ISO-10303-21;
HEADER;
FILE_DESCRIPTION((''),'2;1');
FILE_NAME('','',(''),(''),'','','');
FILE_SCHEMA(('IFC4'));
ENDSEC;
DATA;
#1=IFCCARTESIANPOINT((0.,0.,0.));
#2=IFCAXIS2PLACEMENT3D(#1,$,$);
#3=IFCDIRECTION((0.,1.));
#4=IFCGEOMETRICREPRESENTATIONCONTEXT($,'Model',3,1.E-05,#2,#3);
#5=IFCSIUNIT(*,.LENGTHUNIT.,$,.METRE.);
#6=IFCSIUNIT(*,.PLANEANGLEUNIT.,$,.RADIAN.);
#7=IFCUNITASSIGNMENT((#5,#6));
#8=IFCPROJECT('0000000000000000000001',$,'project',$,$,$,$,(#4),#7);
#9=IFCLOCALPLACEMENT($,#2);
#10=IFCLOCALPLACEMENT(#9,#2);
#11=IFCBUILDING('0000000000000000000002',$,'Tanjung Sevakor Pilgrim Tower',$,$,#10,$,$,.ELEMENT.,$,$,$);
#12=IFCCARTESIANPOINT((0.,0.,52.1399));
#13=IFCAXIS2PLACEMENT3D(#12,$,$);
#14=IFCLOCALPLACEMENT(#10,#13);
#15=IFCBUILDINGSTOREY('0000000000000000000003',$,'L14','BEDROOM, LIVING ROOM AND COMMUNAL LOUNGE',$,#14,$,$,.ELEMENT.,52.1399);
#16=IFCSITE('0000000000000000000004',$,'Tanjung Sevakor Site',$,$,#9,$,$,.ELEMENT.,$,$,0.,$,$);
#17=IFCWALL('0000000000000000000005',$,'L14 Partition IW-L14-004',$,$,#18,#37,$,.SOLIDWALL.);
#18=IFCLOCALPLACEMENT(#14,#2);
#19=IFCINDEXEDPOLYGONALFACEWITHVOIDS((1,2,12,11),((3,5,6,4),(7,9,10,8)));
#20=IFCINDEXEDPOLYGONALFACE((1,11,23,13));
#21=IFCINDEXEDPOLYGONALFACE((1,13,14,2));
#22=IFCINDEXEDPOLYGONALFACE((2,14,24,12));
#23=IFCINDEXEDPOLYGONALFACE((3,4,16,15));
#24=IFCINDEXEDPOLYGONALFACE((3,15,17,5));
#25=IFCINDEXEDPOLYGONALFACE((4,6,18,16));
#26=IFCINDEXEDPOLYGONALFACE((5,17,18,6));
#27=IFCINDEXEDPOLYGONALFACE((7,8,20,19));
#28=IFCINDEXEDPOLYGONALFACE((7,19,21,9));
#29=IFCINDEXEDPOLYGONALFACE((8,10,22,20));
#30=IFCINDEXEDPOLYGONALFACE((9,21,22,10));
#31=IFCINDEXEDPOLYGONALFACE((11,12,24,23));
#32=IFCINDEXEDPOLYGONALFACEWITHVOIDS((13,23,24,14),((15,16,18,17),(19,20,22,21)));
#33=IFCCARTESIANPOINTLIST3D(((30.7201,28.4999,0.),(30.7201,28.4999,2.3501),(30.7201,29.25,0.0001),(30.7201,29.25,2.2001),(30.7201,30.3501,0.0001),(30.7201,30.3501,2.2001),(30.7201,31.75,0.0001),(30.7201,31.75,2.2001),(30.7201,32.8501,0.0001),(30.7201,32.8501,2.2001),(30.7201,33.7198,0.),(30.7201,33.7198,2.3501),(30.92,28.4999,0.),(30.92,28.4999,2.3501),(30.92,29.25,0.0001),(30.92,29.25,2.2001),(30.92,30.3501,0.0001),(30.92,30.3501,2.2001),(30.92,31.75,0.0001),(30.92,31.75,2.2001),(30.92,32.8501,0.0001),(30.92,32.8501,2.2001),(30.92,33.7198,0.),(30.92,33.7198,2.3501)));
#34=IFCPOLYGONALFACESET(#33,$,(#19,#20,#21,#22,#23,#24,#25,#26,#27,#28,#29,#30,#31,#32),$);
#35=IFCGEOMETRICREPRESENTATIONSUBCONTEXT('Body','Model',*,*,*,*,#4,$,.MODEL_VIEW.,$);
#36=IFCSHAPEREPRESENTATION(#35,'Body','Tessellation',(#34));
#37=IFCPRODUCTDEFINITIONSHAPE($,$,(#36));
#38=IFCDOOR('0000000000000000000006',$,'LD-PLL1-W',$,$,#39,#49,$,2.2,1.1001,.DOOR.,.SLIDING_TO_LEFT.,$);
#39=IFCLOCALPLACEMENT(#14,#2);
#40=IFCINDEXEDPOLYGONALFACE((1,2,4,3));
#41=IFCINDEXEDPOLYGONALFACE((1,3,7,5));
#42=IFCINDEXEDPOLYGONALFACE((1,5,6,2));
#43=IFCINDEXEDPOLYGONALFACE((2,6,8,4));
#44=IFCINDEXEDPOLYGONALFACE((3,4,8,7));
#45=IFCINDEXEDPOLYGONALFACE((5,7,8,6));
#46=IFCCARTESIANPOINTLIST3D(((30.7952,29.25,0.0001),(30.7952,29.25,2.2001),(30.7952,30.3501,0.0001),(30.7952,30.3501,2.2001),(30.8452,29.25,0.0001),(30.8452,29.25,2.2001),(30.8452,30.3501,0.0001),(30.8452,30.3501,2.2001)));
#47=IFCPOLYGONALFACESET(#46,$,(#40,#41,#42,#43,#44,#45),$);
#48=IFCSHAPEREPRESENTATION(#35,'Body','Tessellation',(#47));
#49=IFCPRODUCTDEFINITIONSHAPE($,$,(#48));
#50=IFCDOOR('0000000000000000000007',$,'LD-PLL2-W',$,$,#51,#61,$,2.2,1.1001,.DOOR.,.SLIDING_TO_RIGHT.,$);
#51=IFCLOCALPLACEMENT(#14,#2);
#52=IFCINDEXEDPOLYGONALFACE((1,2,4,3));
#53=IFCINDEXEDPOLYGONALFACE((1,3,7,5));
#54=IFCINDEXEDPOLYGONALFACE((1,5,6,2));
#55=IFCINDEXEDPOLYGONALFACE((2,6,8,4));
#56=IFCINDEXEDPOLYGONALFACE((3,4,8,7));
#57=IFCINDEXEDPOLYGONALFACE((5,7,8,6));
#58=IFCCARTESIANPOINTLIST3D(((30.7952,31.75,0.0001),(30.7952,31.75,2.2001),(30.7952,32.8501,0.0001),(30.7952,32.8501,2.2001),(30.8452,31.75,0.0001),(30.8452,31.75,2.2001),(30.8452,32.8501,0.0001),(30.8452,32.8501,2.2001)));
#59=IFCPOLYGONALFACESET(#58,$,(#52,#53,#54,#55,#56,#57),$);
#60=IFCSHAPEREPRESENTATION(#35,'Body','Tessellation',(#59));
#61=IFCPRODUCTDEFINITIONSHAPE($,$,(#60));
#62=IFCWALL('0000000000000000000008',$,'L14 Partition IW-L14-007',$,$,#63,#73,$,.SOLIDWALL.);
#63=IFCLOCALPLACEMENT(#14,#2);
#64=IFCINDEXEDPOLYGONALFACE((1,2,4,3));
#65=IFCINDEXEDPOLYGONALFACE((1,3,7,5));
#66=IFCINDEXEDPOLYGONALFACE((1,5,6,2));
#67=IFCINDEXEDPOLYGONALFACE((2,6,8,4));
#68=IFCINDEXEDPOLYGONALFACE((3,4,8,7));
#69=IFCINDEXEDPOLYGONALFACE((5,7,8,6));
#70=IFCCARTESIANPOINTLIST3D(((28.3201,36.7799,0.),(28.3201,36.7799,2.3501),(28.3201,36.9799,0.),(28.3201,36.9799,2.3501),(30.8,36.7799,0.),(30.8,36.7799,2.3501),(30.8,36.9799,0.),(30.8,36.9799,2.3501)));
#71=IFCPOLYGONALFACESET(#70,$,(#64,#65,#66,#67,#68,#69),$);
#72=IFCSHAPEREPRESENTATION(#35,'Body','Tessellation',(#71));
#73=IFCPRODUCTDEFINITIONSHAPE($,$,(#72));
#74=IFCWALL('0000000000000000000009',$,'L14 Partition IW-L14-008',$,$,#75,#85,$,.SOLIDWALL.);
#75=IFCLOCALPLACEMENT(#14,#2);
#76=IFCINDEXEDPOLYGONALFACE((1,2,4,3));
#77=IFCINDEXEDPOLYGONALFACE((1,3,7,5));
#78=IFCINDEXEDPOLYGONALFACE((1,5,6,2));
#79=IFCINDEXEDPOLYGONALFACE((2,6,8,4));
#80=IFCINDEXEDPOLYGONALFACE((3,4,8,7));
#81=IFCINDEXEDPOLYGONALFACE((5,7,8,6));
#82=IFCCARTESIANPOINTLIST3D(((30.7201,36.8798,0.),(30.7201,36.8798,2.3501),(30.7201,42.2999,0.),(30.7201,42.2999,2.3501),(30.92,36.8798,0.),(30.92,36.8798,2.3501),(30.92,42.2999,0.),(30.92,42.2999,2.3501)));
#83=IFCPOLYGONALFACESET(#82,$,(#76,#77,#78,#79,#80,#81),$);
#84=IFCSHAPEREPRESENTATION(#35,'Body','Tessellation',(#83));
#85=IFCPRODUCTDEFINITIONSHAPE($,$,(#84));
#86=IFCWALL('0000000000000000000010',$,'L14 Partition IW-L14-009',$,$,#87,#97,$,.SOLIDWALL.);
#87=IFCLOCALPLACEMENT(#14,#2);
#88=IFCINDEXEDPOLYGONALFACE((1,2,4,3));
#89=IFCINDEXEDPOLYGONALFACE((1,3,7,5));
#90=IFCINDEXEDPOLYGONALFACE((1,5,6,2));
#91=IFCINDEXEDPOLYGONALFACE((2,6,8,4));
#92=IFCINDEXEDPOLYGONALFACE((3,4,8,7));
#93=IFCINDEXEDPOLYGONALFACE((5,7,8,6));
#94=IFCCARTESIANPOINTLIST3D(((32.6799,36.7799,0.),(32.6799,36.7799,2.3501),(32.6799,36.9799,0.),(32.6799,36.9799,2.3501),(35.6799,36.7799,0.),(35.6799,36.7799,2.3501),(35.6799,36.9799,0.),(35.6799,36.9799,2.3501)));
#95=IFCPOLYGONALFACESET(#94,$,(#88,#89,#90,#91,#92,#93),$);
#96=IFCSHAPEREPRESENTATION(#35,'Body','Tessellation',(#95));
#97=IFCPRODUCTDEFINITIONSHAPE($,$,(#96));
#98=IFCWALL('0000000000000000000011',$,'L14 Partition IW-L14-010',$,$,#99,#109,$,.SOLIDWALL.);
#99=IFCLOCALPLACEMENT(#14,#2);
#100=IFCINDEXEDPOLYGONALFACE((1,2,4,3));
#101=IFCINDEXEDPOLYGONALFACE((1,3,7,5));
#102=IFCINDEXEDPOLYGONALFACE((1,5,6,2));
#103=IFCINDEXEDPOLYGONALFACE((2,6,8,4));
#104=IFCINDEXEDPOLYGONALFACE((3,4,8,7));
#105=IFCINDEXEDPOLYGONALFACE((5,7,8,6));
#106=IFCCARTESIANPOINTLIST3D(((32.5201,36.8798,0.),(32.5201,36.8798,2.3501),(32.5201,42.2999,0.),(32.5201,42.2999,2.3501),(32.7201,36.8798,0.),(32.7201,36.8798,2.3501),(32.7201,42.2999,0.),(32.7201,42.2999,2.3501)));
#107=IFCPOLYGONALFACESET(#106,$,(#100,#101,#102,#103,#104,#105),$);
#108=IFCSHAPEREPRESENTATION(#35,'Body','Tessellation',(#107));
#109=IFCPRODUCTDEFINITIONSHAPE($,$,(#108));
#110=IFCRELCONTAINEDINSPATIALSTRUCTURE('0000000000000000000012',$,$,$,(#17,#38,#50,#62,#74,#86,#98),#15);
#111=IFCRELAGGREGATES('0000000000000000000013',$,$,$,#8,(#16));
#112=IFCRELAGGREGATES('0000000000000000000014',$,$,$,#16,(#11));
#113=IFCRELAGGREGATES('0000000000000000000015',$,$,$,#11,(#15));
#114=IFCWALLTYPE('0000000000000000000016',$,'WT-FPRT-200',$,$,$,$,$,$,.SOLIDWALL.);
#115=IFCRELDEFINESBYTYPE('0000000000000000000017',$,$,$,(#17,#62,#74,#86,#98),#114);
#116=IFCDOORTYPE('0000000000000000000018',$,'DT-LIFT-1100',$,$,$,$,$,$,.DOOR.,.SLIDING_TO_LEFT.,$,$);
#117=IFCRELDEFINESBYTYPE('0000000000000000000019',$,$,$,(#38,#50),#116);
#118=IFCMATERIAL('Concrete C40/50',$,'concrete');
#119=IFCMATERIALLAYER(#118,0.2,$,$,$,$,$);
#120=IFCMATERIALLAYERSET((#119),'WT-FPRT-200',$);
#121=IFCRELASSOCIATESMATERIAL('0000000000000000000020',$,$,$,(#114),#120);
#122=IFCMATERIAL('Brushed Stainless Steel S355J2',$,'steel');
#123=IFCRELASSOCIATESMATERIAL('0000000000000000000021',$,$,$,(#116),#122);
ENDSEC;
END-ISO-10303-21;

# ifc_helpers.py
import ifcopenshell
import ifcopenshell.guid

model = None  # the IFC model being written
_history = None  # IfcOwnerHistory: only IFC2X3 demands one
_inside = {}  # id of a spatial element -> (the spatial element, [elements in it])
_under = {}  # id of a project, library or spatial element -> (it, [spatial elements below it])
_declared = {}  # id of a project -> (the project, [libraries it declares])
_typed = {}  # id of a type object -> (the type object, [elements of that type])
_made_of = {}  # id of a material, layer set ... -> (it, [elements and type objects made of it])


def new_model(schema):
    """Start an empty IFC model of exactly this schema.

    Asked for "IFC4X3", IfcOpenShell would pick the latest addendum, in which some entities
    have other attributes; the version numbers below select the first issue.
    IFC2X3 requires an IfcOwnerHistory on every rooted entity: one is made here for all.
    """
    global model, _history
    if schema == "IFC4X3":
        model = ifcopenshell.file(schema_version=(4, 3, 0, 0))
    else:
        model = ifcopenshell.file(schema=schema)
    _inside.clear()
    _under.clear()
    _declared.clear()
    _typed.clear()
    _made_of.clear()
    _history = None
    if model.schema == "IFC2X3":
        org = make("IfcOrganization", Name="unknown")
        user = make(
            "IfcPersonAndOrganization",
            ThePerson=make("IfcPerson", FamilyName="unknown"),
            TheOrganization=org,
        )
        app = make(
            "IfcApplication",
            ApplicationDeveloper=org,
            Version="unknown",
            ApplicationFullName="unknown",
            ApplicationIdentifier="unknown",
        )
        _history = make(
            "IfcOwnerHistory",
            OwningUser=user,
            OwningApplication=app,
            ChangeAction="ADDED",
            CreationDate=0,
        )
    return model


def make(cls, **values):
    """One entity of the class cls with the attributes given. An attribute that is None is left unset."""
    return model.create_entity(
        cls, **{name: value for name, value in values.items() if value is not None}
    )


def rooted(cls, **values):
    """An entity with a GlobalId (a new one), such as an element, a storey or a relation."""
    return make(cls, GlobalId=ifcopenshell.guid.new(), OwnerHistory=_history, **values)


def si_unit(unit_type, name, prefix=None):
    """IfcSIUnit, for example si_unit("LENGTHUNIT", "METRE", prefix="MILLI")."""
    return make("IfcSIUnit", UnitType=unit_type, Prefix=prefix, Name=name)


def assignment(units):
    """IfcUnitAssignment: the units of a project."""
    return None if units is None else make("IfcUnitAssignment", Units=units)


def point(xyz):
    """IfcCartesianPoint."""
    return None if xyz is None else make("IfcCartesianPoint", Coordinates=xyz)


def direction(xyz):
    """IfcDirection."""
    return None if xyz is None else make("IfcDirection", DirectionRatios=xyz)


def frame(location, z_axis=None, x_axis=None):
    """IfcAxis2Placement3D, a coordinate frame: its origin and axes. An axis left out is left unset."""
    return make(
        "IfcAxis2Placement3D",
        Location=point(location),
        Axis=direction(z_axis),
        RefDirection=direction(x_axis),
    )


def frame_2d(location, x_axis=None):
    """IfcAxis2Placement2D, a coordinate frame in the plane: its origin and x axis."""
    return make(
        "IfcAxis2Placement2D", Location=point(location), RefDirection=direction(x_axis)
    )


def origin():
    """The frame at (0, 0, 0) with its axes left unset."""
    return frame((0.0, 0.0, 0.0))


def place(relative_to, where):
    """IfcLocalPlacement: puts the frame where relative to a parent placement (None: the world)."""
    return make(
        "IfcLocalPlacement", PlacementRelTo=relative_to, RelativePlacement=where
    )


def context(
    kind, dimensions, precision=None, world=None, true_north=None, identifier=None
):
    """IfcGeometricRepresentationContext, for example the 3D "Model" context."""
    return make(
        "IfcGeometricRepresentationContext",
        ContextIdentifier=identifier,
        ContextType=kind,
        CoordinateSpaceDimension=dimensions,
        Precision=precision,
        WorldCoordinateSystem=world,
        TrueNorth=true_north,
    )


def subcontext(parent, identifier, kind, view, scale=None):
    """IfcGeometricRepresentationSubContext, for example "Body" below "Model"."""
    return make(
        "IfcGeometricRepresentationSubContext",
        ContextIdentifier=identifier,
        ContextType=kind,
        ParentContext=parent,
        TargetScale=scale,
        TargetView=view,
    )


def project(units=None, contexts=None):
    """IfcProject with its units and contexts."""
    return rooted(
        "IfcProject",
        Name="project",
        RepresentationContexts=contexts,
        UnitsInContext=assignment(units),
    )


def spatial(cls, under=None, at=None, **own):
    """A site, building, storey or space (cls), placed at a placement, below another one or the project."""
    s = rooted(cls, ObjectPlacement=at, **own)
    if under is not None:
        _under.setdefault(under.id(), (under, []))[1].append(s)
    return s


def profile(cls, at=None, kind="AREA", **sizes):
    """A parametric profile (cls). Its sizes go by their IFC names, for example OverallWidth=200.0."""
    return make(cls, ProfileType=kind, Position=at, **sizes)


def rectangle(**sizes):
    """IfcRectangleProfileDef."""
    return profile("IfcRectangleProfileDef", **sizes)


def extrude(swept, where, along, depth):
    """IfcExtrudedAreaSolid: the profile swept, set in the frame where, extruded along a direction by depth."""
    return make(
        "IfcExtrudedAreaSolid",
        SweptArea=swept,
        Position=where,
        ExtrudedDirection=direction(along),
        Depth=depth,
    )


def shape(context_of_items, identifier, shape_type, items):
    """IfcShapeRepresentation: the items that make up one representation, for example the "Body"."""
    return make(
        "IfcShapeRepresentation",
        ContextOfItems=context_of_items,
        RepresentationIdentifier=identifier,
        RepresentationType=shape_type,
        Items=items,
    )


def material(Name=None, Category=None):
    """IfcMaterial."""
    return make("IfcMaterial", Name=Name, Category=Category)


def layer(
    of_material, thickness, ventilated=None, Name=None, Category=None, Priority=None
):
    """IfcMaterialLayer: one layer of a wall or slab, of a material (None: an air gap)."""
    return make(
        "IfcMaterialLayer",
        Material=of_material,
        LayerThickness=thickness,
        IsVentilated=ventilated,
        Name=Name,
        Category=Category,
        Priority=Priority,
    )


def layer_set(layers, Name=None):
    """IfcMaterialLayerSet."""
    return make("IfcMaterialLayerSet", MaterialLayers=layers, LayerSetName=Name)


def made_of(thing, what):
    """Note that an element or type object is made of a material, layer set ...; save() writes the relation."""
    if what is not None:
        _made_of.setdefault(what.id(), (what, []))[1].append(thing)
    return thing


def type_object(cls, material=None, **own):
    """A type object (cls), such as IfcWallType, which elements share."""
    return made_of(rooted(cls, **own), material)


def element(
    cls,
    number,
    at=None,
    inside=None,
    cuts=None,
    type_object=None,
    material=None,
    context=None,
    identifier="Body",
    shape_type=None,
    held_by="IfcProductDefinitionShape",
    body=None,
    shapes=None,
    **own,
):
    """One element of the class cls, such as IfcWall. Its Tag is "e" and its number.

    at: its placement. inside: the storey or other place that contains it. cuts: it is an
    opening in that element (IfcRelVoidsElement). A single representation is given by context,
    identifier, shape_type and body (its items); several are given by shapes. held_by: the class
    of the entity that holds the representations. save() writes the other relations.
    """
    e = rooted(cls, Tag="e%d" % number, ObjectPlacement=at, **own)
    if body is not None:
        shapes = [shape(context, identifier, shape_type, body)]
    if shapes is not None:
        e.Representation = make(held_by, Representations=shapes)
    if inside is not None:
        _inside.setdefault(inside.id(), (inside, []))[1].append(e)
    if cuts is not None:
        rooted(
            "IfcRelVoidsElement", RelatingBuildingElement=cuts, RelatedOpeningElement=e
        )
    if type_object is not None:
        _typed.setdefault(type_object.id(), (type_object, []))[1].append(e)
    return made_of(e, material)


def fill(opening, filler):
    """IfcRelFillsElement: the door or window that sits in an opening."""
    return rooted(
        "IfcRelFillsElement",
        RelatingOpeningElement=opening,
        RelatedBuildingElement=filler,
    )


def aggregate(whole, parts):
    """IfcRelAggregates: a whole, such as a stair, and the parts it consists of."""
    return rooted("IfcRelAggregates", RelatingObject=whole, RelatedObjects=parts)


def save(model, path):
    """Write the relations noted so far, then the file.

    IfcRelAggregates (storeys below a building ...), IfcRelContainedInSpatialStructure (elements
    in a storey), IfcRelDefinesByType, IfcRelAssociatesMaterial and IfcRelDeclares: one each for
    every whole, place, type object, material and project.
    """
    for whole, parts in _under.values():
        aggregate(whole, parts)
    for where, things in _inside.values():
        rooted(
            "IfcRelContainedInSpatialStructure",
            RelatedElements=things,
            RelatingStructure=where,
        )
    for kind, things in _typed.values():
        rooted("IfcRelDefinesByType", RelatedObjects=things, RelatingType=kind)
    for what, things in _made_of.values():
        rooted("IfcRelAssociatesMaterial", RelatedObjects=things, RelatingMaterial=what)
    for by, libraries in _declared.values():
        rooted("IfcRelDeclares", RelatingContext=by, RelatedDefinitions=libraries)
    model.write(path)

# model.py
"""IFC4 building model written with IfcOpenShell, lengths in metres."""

from ifc_helpers import new_model, si_unit, direction, frame, frame_2d, origin, place, context, subcontext, project, spatial, rectangle, extrude, material, layer, layer_set, type_object, element, fill, save


model = new_model("IFC4")

# Units and contexts
model_context = context("Model", 3, precision=1e-05, world=origin(), true_north=direction((0.0, 1.0)))
body_context = subcontext(model_context, "Body", "Model", "MODEL_VIEW")
ifc_project = project(units=[si_unit("LENGTHUNIT", "METRE"), si_unit("PLANEANGLEUNIT", "RADIAN")], contexts=[model_context])

# Site, building, storey
site_placement = place(None, origin())
site = spatial("IfcSite", under=ifc_project, at=site_placement, Name="Tanjung Sevakor Site", CompositionType="ELEMENT", RefElevation=0.0)
building_placement = place(site_placement, origin())
building = spatial("IfcBuilding", under=site, at=building_placement, Name="Tanjung Sevakor Pilgrim Tower", CompositionType="ELEMENT")
storey_placement = place(building_placement, frame((0.0, 0.0, 52.1399)))
storey = spatial("IfcBuildingStorey", under=building, at=storey_placement, Name="L14", Description="BEDROOM, LIVING ROOM AND COMMUNAL LOUNGE", CompositionType="ELEMENT", Elevation=52.1399)

# Shared definitions
ifc_material_1 = material(Name="Concrete C40/50", Category="concrete")
ifc_layer_1 = layer(ifc_material_1, 0.2)
ifc_layer_set_1 = layer_set([ifc_layer_1], Name="WT-FPRT-200")
wall_type_1 = type_object("IfcWallType", Name="WT-FPRT-200", PredefinedType="SOLIDWALL", material=ifc_layer_set_1)

# Wall, openings, doors
wall_1_placement = place(storey_placement, frame((30.8201, 28.5, 0.0), z_axis=(0.0, 0.0, 1.0), x_axis=(0.0, 1.0, 0.0)))
wall_1 = element("IfcWall", 1, at=wall_1_placement, inside=storey, type_object=wall_type_1, Name="L14 Partition IW-L14-004", PredefinedType="SOLIDWALL", context=body_context, shape_type="SweptSolid", body=[
    extrude(rectangle(XDim=5.22, YDim=0.2, at=frame_2d((2.6099, 0.0))), origin(), (0.0, 0.0, 1.0), 2.3501),
])
opening_1_placement = place(wall_1_placement, frame((0.75, 0.0, 0.0)))
opening_1 = element("IfcOpeningElement", 2, at=opening_1_placement, cuts=wall_1, PredefinedType="OPENING", context=body_context, shape_type="SweptSolid", body=[
    extrude(rectangle(XDim=1.1001, YDim=2.2, at=frame_2d((0.55, 1.1001))), frame((0.0, 0.1099, 0.0), z_axis=(0.0, -1.0, 0.0), x_axis=(1.0, 0.0, 0.0)), (0.0, 0.0, 1.0), 0.22),
])
opening_2_placement = place(wall_1_placement, frame((3.25, 0.0, 0.0)))
opening_2 = element("IfcOpeningElement", 3, at=opening_2_placement, cuts=wall_1, PredefinedType="OPENING", context=body_context, shape_type="SweptSolid", body=[
    extrude(rectangle(XDim=1.1001, YDim=2.2, at=frame_2d((0.55, 1.1001))), frame((0.0, 0.1099, 0.0), z_axis=(0.0, -1.0, 0.0), x_axis=(1.0, 0.0, 0.0)), (0.0, 0.0, 1.0), 0.22),
])
ifc_material_2 = material(Name="Brushed Stainless Steel S355J2", Category="steel")
door_type_1 = type_object("IfcDoorType", Name="DT-LIFT-1100", OperationType="SLIDING_TO_LEFT", PredefinedType="DOOR", material=ifc_material_2)
door_1_placement = place(opening_1_placement, origin())
door_1 = element("IfcDoor", 4, at=door_1_placement, inside=storey, type_object=door_type_1, Name="LD-PLL1-W", OperationType="SLIDING_TO_LEFT", OverallHeight=2.2, OverallWidth=1.1001, PredefinedType="DOOR", context=body_context, shape_type="SweptSolid", body=[
    extrude(rectangle(XDim=1.1001, YDim=2.2, at=frame_2d((0.55, 1.1001))), frame((0.0, 0.0249, 0.0), z_axis=(0.0, -1.0, 0.0), x_axis=(1.0, 0.0, 0.0)), (0.0, 0.0, 1.0), 0.05),
])
fill(opening_1, door_1)
door_2_placement = place(opening_2_placement, origin())
door_2 = element("IfcDoor", 5, at=door_2_placement, inside=storey, type_object=door_type_1, Name="LD-PLL2-W", OperationType="SLIDING_TO_RIGHT", OverallHeight=2.2, OverallWidth=1.1001, PredefinedType="DOOR", context=body_context, shape_type="SweptSolid", body=[
    extrude(rectangle(XDim=1.1001, YDim=2.2, at=frame_2d((0.55, 1.1001))), frame((0.0, 0.0249, 0.0), z_axis=(0.0, -1.0, 0.0), x_axis=(1.0, 0.0, 0.0)), (0.0, 0.0, 1.0), 0.05),
])
fill(opening_2, door_2)

# Walls
wall_2_placement = place(storey_placement, frame((28.3201, 36.8799, 0.0), z_axis=(0.0, 0.0, 1.0), x_axis=(1.0, 0.0, 0.0)))
element("IfcWall", 6, at=wall_2_placement, inside=storey, type_object=wall_type_1, Name="L14 Partition IW-L14-007", PredefinedType="SOLIDWALL", context=body_context, shape_type="SweptSolid", body=[
    extrude(rectangle(XDim=2.48, YDim=0.2, at=frame_2d((1.24, 0.0))), origin(), (0.0, 0.0, 1.0), 2.3501),
])
wall_3_placement = place(storey_placement, frame((30.8201, 36.8799, 0.0), z_axis=(0.0, 0.0, 1.0), x_axis=(0.0, 1.0, 0.0)))
element("IfcWall", 7, at=wall_3_placement, inside=storey, type_object=wall_type_1, Name="L14 Partition IW-L14-008", PredefinedType="SOLIDWALL", context=body_context, shape_type="SweptSolid", body=[
    extrude(rectangle(XDim=5.4202, YDim=0.2, at=frame_2d((2.71, 0.0))), origin(), (0.0, 0.0, 1.0), 2.3501),
])
wall_4_placement = place(storey_placement, frame((32.6799, 36.8799, 0.0), z_axis=(0.0, 0.0, 1.0), x_axis=(1.0, 0.0, 0.0)))
element("IfcWall", 8, at=wall_4_placement, inside=storey, type_object=wall_type_1, Name="L14 Partition IW-L14-009", PredefinedType="SOLIDWALL", context=body_context, shape_type="SweptSolid", body=[
    extrude(rectangle(XDim=3.0, YDim=0.2, at=frame_2d((1.5, 0.0))), origin(), (0.0, 0.0, 1.0), 2.3501),
])
wall_5_placement = place(storey_placement, frame((32.6201, 36.8799, 0.0), z_axis=(0.0, 0.0, 1.0), x_axis=(0.0, 1.0, 0.0)))
element("IfcWall", 9, at=wall_5_placement, inside=storey, type_object=wall_type_1, Name="L14 Partition IW-L14-010", PredefinedType="SOLIDWALL", context=body_context, shape_type="SweptSolid", body=[
    extrude(rectangle(XDim=5.4202, YDim=0.2, at=frame_2d((2.71, 0.0))), origin(), (0.0, 0.0, 1.0), 2.3501),
])

save(model, "model.ifc")
